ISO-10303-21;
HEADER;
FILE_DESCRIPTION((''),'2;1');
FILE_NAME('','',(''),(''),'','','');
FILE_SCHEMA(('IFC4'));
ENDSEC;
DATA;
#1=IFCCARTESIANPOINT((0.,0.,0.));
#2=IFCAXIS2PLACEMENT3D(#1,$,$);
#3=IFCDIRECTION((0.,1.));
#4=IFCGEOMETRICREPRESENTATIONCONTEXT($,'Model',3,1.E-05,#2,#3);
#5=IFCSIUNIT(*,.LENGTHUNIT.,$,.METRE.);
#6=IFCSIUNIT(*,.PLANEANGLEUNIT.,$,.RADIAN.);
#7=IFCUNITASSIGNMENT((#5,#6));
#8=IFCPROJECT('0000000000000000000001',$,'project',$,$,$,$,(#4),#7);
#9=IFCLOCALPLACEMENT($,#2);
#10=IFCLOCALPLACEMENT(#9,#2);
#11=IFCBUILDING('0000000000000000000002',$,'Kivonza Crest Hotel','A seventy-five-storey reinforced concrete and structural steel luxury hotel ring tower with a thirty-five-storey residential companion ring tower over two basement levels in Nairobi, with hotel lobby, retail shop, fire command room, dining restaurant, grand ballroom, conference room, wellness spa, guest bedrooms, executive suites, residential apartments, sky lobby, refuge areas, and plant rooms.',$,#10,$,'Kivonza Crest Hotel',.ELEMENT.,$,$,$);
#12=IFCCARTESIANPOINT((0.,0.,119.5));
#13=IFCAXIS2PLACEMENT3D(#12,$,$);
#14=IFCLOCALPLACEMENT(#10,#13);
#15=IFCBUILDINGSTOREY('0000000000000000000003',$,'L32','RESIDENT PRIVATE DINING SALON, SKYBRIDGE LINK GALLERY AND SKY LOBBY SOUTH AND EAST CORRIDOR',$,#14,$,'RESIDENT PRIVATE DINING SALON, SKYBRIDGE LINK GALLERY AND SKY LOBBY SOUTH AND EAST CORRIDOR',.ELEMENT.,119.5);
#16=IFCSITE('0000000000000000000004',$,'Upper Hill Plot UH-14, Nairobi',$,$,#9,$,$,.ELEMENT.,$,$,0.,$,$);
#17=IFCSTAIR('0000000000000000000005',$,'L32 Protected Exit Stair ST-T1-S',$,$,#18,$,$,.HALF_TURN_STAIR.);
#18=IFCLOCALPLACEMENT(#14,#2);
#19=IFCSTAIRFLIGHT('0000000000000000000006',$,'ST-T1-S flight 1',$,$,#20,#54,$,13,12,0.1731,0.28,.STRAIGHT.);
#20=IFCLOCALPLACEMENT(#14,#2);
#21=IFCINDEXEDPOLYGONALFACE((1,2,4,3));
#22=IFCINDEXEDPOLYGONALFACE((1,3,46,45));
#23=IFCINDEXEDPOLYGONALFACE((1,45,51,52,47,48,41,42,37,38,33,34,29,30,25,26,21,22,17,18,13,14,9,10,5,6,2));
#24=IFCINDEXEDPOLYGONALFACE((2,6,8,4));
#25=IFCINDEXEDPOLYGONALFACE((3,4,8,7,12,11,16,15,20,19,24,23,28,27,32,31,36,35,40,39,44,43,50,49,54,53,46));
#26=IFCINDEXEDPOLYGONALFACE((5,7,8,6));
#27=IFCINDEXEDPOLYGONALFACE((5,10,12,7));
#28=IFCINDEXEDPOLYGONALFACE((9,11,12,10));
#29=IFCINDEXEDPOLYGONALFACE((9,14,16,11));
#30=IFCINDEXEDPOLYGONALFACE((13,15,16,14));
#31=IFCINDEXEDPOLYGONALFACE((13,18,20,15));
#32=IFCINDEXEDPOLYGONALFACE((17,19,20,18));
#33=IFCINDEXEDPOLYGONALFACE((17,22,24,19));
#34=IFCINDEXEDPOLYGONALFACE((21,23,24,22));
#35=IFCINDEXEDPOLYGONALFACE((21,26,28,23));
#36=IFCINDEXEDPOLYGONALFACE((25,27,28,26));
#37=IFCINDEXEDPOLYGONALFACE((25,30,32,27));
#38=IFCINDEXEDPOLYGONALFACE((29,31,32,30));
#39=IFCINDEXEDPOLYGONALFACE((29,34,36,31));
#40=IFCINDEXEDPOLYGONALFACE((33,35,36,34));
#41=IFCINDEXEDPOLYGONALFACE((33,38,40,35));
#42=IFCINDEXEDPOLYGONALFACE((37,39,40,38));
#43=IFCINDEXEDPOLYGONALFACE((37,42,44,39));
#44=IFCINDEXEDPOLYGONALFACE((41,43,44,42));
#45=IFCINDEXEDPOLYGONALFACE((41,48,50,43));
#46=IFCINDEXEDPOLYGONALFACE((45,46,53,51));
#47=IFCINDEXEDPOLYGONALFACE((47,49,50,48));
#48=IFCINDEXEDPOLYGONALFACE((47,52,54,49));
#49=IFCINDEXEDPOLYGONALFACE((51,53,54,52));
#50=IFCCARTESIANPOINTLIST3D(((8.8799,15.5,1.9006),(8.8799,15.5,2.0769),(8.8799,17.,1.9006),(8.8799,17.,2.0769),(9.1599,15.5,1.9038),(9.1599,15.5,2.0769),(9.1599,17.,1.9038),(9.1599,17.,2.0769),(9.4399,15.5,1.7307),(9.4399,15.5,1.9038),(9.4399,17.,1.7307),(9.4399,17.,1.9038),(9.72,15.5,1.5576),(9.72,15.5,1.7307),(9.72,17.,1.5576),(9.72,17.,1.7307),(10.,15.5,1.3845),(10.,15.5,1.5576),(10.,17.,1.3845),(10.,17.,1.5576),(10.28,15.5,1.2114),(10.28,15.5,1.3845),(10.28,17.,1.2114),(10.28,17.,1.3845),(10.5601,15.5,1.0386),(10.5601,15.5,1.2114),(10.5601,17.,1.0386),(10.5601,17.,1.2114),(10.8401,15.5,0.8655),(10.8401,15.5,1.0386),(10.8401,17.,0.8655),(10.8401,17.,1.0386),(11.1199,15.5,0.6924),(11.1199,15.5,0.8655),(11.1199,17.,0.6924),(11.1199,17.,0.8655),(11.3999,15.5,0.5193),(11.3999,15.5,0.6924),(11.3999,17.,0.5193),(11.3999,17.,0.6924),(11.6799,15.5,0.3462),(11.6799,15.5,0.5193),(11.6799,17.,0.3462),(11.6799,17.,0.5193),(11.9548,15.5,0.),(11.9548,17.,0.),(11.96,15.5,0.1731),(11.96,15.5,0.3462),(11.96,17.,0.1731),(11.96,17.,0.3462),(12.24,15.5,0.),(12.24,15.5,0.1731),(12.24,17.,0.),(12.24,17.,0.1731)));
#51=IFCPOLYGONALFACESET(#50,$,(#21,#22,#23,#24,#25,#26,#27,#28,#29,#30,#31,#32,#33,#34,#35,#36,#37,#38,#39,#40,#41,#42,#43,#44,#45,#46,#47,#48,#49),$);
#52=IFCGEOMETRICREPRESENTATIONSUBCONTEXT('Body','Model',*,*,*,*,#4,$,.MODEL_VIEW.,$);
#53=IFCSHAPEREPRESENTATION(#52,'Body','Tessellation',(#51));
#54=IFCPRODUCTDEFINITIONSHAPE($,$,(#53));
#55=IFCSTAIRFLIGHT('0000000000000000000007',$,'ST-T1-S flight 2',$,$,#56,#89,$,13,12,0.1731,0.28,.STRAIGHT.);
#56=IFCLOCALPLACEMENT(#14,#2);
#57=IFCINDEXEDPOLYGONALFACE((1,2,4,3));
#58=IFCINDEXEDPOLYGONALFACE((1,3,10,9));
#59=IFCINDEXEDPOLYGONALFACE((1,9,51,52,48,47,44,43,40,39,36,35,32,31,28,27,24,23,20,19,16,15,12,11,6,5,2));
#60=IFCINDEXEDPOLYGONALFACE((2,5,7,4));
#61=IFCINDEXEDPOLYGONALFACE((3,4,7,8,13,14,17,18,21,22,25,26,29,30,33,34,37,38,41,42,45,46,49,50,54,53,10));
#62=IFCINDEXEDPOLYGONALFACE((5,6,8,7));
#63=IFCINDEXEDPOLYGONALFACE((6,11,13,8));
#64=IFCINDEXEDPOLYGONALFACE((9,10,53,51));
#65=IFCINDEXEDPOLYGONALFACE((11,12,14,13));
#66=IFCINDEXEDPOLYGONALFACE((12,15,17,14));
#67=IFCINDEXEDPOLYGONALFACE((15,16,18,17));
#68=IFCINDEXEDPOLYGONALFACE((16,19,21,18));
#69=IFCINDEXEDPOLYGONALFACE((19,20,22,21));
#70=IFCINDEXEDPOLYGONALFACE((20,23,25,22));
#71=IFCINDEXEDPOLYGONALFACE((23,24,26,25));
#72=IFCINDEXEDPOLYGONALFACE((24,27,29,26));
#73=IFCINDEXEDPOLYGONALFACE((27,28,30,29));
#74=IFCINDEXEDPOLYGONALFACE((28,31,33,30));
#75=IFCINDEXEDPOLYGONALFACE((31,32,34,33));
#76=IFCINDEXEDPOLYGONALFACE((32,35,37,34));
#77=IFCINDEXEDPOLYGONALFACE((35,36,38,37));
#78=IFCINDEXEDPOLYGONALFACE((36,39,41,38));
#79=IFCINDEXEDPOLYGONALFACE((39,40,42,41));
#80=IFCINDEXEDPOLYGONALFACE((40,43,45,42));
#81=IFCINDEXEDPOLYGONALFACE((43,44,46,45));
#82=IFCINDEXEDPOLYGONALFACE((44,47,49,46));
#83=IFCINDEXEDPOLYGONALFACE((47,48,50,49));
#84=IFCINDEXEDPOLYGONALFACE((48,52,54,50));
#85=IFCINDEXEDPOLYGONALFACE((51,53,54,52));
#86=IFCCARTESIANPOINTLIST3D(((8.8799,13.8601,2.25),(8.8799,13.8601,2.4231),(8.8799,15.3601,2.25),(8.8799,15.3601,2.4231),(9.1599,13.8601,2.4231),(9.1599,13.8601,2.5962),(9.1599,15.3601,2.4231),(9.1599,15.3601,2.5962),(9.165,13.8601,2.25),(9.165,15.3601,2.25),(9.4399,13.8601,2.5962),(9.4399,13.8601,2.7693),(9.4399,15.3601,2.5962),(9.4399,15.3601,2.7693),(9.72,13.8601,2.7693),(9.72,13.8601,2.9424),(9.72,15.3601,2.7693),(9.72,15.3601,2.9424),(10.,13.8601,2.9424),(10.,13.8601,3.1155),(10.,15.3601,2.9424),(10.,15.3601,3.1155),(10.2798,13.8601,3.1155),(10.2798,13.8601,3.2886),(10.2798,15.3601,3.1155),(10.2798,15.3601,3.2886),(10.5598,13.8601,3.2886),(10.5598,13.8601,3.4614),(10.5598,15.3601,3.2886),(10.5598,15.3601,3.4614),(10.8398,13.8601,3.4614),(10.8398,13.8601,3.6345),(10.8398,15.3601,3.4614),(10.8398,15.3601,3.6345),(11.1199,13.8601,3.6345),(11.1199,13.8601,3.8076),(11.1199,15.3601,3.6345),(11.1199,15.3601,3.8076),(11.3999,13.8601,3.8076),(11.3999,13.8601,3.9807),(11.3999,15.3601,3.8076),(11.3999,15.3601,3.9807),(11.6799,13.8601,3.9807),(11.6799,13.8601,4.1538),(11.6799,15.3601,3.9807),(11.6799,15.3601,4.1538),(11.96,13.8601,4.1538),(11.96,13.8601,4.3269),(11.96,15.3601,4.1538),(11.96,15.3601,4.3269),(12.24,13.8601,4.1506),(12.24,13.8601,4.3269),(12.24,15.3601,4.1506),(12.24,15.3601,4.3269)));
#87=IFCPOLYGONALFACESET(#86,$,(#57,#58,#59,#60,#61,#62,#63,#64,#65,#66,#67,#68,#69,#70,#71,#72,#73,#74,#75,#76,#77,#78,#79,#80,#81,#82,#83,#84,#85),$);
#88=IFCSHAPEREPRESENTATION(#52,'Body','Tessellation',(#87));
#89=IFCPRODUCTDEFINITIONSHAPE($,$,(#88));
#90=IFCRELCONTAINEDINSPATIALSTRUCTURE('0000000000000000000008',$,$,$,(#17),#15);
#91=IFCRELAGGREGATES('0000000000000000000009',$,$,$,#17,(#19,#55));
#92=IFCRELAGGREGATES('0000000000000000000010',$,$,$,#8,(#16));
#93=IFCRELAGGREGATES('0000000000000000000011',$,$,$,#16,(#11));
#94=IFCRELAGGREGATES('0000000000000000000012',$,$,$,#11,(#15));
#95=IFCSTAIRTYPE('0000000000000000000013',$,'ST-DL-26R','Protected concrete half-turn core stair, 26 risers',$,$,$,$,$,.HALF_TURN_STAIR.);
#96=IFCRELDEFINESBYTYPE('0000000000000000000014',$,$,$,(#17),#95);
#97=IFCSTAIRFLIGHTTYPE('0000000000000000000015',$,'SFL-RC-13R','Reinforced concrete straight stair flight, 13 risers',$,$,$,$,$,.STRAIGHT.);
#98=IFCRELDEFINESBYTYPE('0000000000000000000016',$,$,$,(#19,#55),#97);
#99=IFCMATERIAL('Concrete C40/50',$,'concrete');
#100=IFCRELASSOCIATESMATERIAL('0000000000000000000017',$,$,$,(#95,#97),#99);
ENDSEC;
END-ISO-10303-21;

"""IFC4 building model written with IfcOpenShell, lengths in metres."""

from ifc_helpers import new_model, si_unit, direction, frame, origin, place, context, subcontext, project, spatial, polyline, outline, extrude, material, type_object, element, aggregate, save


model = new_model("IFC4")

# Units and contexts
model_context = context("Model", 3, precision=1e-05, world=origin(), true_north=direction((0.0, 1.0)))
body_context = subcontext(model_context, "Body", "Model", "MODEL_VIEW")
ifc_project = project(units=[si_unit("LENGTHUNIT", "METRE"), si_unit("PLANEANGLEUNIT", "RADIAN")], contexts=[model_context])

# Site, building, storey
site_placement = place(None, origin())
site = spatial("IfcSite", under=ifc_project, at=site_placement, Name="Upper Hill Plot UH-14, Nairobi", CompositionType="ELEMENT", RefElevation=0.0)
building_placement = place(site_placement, origin())
building = spatial("IfcBuilding", under=site, at=building_placement, Name="Kivonza Crest Hotel", Description="A seventy-five-storey reinforced concrete and structural steel luxury hotel ring tower with a thirty-five-storey residential companion ring tower over two basement levels in Nairobi, with hotel lobby, retail shop, fire command room, dining restaurant, grand ballroom, conference room, wellness spa, guest bedrooms, executive suites, residential apartments, sky lobby, refuge areas, and plant rooms.", LongName="Kivonza Crest Hotel", CompositionType="ELEMENT")
storey_placement = place(building_placement, frame((0.0, 0.0, 119.5)))
storey = spatial("IfcBuildingStorey", under=building, at=storey_placement, Name="L32", Description="RESIDENT PRIVATE DINING SALON, SKYBRIDGE LINK GALLERY AND SKY LOBBY SOUTH AND EAST CORRIDOR", LongName="RESIDENT PRIVATE DINING SALON, SKYBRIDGE LINK GALLERY AND SKY LOBBY SOUTH AND EAST CORRIDOR", CompositionType="ELEMENT", Elevation=119.5)

# Stair, stair flights
ifc_material_1 = material(Name="Concrete C40/50", Category="concrete")
stair_type = type_object("IfcStairType", Name="ST-DL-26R", Description="Protected concrete half-turn core stair, 26 risers", PredefinedType="HALF_TURN_STAIR", material=ifc_material_1)
stair_placement = place(storey_placement, origin())
stair = element("IfcStair", 1, at=stair_placement, inside=storey, type_object=stair_type, Name="L32 Protected Exit Stair ST-T1-S", PredefinedType="HALF_TURN_STAIR")
stair_flight_type = type_object("IfcStairFlightType", Name="SFL-RC-13R", Description="Reinforced concrete straight stair flight, 13 risers", PredefinedType="STRAIGHT", material=ifc_material_1)
stair_flight_1_placement = place(storey_placement, frame((12.24, 16.25, 0.0), z_axis=(0.0, 0.0, 1.0), x_axis=(-1.0, 0.0, 0.0)))
stair_flight_1 = element("IfcStairFlight", 2, at=stair_flight_1_placement, type_object=stair_flight_type, Name="ST-T1-S flight 1", NumberOfRisers=13, NumberOfTreads=12, PredefinedType="STRAIGHT", RiserHeight=0.1731, TreadLength=0.28, context=body_context, shape_type="SweptSolid", body=[
    extrude(outline(polyline([(0.0, 0.0), (0.0, 0.1731), (0.28, 0.1731), (0.28, 0.3462), (0.5601, 0.3462), (0.5601, 0.5193), (0.8401, 0.5193), (0.8401, 0.6924), (1.1201, 0.6924), (1.1201, 0.8655), (1.3999, 0.8655), (1.3999, 1.0386), (1.6799, 1.0386), (1.6799, 1.2114), (1.96, 1.2114), (1.96, 1.3845), (2.24, 1.3845), (2.24, 1.5576), (2.52, 1.5576), (2.52, 1.7307), (2.8, 1.7307), (2.8, 1.9038), (3.0801, 1.9038), (3.0801, 2.0769), (3.3601, 2.0769), (3.3601, 2.25), (3.3601, 1.9006), (0.2852, 0.0), (0.0, 0.0)])), frame((0.0, 0.75, 0.0), z_axis=(0.0, -1.0, 0.0), x_axis=(1.0, 0.0, 0.0)), (0.0, 0.0, 1.0), 1.5),
])
stair_flight_2_placement = place(storey_placement, frame((8.8799, 14.6101, 2.25), z_axis=(0.0, 0.0, 1.0), x_axis=(1.0, 0.0, 0.0)))
stair_flight_2 = element("IfcStairFlight", 3, at=stair_flight_2_placement, type_object=stair_flight_type, Name="ST-T1-S flight 2", NumberOfRisers=13, NumberOfTreads=12, PredefinedType="STRAIGHT", RiserHeight=0.1731, TreadLength=0.28, context=body_context, shape_type="SweptSolid", body=[
    extrude(outline(polyline([(0.0, 0.0), (0.0, 0.1731), (0.28, 0.1731), (0.28, 0.3462), (0.5601, 0.3462), (0.5601, 0.5193), (0.8401, 0.5193), (0.8401, 0.6924), (1.1201, 0.6924), (1.1201, 0.8655), (1.3999, 0.8655), (1.3999, 1.0386), (1.6799, 1.0386), (1.6799, 1.2114), (1.96, 1.2114), (1.96, 1.3845), (2.24, 1.3845), (2.24, 1.5576), (2.52, 1.5576), (2.52, 1.7307), (2.8, 1.7307), (2.8, 1.9038), (3.0801, 1.9038), (3.0801, 2.0769), (3.3601, 2.0769), (3.3601, 2.25), (3.3601, 1.9006), (0.2852, 0.0), (0.0, 0.0)])), frame((0.0, 0.75, 0.0), z_axis=(0.0, -1.0, 0.0), x_axis=(1.0, 0.0, 0.0)), (0.0, 0.0, 1.0), 1.5),
])
aggregate(stair, [stair_flight_1, stair_flight_2])

save(model, "model.ifc")
